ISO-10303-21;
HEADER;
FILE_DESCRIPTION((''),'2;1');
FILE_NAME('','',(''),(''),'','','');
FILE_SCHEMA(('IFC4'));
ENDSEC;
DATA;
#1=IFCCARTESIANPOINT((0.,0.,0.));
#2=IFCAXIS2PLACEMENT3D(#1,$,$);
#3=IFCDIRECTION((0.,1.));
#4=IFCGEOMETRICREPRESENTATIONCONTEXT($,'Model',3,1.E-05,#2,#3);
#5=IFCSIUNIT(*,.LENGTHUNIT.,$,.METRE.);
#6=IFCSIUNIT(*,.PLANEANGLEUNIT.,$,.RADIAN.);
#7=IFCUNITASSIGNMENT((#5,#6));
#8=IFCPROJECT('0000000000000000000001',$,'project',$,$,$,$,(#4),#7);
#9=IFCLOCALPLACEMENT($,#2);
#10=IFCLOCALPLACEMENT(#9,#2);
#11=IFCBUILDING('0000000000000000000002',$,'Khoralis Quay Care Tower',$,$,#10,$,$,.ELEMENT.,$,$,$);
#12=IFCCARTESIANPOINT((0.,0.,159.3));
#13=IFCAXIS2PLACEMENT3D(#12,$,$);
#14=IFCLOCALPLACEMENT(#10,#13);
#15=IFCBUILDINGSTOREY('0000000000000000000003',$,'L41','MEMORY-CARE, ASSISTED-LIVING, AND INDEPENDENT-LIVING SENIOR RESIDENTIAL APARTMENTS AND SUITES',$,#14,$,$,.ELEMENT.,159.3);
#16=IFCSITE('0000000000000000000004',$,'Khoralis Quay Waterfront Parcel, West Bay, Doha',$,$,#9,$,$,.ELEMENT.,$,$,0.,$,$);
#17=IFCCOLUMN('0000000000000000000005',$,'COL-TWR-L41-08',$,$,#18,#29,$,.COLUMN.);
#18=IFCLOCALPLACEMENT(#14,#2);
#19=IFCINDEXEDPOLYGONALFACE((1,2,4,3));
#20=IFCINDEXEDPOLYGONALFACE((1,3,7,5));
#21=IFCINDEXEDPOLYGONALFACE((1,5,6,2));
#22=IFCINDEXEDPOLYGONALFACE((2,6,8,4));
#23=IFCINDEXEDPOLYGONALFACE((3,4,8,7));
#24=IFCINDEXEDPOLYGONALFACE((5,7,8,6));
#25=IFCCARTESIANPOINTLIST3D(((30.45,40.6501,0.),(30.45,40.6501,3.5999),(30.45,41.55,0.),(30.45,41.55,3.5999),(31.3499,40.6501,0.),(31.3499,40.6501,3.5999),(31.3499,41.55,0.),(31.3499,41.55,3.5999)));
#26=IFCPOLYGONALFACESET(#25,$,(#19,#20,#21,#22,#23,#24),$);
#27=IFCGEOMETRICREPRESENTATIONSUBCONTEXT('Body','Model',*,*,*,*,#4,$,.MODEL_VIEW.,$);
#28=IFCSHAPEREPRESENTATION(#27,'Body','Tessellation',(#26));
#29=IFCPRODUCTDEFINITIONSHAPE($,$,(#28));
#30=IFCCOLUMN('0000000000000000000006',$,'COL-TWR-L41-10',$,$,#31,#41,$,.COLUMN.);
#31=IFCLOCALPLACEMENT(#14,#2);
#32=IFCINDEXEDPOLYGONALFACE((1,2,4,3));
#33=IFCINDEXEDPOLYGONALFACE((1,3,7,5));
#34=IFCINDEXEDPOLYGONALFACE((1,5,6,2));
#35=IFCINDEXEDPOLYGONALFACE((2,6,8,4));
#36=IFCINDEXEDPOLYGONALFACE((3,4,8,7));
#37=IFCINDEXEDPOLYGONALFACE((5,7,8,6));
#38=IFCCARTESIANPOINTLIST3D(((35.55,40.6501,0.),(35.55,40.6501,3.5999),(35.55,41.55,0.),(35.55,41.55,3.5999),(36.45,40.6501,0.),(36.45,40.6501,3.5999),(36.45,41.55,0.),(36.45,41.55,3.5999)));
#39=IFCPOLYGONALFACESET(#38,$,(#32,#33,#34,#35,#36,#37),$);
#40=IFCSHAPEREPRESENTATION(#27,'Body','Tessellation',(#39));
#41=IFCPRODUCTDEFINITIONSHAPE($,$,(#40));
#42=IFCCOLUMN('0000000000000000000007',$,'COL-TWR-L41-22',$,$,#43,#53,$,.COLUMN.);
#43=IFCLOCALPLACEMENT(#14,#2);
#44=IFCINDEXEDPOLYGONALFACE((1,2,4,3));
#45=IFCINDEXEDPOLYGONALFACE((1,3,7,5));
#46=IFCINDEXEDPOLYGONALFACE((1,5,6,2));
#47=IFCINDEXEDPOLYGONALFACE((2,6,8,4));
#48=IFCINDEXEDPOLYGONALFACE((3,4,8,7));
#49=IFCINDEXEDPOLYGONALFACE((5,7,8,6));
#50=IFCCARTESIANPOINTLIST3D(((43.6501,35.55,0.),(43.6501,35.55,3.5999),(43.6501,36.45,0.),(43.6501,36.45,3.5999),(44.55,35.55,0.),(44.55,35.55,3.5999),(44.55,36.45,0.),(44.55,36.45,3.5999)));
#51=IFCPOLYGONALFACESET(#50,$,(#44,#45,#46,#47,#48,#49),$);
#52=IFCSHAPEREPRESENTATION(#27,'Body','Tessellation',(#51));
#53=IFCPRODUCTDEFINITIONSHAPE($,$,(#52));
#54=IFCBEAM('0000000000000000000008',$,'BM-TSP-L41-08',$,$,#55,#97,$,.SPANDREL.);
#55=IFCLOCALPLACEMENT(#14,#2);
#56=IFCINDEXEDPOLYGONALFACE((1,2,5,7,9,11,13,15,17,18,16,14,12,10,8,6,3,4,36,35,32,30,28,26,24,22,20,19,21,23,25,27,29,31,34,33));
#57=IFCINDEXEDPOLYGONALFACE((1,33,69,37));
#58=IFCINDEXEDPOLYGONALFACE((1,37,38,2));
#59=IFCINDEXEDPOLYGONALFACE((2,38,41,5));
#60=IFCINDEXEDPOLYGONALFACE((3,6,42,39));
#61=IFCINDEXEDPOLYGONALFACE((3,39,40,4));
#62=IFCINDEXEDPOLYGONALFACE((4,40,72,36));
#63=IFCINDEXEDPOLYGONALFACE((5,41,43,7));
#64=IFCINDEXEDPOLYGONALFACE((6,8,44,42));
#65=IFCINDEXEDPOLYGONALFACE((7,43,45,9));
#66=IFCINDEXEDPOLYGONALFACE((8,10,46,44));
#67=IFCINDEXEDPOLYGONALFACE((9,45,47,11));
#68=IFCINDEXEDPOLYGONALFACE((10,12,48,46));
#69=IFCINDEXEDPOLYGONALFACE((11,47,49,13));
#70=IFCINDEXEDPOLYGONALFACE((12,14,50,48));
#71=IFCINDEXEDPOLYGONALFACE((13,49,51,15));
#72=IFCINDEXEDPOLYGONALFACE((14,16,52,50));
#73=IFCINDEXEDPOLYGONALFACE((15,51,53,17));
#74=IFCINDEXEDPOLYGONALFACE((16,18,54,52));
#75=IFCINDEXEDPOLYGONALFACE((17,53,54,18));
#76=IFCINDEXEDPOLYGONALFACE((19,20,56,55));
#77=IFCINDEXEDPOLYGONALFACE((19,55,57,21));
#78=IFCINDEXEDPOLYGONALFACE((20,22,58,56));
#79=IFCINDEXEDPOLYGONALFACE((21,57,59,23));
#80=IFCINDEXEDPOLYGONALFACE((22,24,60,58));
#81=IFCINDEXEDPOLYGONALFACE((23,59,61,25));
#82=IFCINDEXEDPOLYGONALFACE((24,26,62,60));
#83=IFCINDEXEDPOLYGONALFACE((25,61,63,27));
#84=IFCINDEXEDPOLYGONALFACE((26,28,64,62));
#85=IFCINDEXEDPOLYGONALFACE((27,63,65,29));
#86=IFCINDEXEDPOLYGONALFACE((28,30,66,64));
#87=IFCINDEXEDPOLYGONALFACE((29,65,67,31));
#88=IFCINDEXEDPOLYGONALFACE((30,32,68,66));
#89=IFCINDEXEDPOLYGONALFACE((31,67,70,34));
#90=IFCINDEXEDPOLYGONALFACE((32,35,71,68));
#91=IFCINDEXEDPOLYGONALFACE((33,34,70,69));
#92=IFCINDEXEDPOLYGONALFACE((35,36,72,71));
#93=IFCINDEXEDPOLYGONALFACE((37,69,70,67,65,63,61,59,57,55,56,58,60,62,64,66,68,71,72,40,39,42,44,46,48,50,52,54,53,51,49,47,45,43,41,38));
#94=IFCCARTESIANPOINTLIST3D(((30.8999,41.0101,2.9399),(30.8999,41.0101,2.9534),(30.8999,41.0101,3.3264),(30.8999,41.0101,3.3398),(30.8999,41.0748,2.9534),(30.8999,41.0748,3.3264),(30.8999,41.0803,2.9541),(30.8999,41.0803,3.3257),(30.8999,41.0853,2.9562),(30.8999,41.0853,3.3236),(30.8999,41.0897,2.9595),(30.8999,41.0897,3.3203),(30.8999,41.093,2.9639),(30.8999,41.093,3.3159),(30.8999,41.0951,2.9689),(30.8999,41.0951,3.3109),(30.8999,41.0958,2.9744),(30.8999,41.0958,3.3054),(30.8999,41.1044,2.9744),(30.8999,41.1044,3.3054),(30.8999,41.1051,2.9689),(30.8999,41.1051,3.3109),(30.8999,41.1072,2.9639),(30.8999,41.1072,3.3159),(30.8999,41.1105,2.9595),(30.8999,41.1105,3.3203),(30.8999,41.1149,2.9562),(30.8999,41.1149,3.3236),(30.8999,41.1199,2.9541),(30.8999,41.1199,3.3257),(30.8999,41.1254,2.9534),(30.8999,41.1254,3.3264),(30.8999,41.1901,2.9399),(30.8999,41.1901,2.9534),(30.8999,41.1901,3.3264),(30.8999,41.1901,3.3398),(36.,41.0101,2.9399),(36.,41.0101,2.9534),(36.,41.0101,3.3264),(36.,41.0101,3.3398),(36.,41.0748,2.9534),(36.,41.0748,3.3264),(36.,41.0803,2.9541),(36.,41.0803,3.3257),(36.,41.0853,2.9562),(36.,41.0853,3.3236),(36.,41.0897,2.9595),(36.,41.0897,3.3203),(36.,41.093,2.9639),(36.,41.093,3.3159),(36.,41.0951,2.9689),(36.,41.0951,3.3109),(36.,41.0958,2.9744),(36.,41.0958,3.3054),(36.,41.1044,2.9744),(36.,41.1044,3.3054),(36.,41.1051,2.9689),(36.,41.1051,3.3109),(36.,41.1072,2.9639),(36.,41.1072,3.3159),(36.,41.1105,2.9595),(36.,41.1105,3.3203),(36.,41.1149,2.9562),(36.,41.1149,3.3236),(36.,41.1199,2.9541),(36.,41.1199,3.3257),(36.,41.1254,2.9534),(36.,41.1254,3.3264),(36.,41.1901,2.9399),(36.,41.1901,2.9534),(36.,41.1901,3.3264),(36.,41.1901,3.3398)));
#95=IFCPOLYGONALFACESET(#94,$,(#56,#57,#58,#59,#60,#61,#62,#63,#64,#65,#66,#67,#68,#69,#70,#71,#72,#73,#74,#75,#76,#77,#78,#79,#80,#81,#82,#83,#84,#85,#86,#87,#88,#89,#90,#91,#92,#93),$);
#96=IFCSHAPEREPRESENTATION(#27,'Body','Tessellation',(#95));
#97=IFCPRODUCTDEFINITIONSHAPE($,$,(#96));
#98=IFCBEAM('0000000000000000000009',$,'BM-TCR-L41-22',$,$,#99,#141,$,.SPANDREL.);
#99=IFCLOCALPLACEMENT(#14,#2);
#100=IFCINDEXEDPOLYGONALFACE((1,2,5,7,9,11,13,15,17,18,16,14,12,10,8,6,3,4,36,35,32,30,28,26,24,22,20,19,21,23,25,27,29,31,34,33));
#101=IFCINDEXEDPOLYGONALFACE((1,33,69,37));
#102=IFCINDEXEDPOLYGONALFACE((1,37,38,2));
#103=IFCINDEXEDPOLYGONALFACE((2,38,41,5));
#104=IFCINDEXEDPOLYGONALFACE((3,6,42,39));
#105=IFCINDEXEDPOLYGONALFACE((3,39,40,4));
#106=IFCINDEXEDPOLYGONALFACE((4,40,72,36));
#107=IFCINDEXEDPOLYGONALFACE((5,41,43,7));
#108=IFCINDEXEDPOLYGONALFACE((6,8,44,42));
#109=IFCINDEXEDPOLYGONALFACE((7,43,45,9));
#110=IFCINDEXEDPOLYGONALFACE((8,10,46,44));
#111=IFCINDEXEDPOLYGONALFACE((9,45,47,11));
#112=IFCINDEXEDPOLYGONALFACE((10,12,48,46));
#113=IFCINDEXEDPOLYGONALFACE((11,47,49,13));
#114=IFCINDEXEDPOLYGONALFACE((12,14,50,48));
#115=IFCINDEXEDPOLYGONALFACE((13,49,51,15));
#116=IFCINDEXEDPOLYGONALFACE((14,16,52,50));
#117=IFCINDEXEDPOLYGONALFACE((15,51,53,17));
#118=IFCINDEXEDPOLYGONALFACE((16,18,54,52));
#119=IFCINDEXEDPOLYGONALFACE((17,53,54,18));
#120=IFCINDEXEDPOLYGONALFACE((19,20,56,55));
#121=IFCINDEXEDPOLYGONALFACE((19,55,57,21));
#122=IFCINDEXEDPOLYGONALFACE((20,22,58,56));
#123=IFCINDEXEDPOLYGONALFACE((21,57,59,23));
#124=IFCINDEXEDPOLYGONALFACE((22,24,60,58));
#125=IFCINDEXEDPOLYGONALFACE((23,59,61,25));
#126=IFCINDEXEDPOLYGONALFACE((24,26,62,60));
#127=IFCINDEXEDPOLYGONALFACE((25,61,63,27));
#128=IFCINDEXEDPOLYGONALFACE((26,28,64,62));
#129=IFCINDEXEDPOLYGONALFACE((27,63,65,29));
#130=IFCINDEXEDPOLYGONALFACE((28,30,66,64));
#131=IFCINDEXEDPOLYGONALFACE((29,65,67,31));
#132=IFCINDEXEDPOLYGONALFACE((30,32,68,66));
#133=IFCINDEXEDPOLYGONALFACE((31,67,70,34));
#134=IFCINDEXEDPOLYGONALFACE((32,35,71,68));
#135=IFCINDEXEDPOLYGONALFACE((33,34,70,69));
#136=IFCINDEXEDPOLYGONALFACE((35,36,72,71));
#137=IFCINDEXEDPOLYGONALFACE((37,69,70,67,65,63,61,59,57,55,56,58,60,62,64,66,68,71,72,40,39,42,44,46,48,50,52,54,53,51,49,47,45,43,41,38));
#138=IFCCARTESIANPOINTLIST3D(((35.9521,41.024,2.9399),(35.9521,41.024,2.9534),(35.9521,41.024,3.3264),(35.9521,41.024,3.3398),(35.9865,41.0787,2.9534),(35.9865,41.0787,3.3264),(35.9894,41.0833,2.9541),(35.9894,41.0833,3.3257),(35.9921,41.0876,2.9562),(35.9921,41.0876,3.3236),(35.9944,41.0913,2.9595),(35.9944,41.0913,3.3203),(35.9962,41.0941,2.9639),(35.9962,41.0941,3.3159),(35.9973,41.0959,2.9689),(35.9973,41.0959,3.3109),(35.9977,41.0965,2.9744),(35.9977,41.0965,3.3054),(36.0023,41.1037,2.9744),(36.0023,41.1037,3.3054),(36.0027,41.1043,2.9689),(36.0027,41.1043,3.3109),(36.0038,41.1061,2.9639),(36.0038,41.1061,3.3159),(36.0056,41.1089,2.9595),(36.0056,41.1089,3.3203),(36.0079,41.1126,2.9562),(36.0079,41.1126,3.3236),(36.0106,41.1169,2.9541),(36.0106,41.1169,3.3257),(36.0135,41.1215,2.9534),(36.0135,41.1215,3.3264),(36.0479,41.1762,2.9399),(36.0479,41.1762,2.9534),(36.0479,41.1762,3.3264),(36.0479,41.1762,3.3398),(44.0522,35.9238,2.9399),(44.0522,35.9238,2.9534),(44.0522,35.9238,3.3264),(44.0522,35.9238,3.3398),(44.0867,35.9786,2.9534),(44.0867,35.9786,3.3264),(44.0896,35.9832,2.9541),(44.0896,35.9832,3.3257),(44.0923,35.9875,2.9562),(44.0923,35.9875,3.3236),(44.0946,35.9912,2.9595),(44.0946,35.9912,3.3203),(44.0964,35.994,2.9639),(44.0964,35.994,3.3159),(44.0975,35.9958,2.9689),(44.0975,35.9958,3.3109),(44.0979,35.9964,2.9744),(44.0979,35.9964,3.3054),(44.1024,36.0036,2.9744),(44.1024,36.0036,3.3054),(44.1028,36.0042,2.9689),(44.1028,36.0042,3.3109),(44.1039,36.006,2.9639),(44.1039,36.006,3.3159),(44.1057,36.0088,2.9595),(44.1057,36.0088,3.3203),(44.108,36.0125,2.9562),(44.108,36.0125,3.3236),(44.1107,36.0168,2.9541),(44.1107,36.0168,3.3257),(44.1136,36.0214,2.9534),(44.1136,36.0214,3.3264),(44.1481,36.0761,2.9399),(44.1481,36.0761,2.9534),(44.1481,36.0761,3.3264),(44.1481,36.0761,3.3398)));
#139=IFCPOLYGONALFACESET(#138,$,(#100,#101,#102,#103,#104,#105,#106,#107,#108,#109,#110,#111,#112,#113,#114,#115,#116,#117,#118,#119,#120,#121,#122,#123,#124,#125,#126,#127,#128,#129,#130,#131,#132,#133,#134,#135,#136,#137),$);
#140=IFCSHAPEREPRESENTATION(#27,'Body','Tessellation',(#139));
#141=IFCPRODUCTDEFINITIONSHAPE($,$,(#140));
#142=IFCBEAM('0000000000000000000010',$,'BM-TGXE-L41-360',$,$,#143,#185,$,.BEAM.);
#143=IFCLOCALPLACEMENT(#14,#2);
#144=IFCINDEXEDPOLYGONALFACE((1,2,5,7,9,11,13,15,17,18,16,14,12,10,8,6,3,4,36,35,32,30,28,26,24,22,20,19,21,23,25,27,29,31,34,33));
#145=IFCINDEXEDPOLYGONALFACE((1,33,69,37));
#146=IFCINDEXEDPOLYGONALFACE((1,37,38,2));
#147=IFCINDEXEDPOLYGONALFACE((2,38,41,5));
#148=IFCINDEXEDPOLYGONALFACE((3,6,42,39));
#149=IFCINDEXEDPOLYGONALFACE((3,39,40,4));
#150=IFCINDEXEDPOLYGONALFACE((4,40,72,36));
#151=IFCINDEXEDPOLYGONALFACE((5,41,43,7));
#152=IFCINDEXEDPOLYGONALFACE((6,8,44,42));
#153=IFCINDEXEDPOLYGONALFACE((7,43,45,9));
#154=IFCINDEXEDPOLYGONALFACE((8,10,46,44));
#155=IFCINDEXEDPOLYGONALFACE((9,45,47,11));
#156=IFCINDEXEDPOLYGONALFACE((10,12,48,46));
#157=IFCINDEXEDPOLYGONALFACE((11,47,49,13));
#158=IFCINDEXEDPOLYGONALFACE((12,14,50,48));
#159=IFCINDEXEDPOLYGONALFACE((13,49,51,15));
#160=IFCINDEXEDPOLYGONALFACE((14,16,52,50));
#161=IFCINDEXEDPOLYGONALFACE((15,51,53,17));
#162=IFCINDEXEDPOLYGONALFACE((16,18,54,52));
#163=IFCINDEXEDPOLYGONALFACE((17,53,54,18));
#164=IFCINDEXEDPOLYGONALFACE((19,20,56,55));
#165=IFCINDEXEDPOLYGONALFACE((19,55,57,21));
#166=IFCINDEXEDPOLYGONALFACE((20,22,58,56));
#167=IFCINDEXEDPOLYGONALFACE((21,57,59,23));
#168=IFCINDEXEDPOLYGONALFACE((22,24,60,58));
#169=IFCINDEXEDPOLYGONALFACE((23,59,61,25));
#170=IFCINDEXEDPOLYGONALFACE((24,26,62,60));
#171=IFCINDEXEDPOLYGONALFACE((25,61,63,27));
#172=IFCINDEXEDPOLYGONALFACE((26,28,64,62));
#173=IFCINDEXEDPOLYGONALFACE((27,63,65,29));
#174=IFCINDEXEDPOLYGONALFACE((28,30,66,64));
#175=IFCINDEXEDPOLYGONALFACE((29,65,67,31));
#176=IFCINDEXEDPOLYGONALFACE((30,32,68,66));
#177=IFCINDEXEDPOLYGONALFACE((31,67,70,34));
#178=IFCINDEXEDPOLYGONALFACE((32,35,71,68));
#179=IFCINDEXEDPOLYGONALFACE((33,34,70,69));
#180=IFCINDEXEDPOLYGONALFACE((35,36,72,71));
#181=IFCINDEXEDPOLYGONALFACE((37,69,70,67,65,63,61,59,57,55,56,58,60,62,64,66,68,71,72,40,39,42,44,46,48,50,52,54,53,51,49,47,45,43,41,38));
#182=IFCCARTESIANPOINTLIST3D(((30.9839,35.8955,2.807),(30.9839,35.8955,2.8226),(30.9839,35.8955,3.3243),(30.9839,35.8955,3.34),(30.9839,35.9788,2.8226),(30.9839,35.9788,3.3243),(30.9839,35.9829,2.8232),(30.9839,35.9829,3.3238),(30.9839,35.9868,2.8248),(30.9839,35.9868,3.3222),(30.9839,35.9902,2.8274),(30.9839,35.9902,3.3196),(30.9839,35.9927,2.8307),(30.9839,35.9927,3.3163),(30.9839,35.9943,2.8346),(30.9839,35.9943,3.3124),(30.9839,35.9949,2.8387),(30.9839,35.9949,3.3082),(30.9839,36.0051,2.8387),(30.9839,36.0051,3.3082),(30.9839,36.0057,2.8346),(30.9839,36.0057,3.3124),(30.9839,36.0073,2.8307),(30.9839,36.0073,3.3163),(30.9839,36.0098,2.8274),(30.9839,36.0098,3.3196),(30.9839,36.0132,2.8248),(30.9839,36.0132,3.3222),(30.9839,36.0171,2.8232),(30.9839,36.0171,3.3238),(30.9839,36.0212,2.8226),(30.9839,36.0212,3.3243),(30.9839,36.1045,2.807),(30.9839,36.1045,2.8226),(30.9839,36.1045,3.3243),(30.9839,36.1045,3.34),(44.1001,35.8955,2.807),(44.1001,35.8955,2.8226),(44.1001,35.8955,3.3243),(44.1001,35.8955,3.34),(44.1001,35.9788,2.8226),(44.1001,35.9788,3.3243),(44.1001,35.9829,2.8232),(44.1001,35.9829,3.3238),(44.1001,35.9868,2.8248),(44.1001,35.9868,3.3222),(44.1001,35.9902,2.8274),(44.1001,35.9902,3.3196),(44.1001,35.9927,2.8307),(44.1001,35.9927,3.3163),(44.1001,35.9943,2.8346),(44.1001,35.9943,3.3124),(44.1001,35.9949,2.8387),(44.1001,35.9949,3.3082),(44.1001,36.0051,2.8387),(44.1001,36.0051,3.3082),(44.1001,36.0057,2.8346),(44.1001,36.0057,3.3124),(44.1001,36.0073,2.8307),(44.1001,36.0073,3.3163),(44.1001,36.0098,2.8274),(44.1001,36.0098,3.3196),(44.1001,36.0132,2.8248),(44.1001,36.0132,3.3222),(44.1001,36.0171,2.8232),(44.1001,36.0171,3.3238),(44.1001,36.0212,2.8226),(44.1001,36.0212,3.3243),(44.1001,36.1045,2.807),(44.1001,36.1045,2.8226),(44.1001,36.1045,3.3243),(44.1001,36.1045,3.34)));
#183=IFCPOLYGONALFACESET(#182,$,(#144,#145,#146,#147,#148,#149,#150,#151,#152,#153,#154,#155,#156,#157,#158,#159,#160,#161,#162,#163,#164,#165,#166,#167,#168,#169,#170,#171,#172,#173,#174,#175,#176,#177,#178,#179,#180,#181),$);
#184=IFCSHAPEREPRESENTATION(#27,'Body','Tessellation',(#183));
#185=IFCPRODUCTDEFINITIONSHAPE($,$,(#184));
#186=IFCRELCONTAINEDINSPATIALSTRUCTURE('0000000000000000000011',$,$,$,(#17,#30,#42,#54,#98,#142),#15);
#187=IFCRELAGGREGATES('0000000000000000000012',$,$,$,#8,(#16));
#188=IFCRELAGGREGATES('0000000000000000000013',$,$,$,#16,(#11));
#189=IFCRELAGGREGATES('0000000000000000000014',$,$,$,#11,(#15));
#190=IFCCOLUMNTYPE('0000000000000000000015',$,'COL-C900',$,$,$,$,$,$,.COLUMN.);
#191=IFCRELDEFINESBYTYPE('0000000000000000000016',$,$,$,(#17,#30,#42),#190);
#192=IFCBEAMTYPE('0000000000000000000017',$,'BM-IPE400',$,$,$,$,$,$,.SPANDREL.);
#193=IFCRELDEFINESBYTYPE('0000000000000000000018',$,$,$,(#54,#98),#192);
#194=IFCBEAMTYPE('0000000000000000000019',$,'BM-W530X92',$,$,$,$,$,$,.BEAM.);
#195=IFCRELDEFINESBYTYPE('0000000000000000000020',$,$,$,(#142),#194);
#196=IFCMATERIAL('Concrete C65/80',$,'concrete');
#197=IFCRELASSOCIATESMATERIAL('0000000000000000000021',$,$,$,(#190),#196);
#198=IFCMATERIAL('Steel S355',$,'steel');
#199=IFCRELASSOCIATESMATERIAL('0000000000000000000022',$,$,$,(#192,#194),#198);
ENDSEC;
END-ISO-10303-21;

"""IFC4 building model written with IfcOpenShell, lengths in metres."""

from ifc_helpers import new_model, si_unit, direction, frame, origin, origin_2d, place, context, subcontext, project, spatial, rectangle, i_section, extrude, source, transform, mapped, material, material_profile, profile_set, type_object, element, save


model = new_model("IFC4")

# Units and contexts
model_context = context("Model", 3, precision=1e-05, world=origin(), true_north=direction((0.0, 1.0)))
body_context = subcontext(model_context, "Body", "Model", "MODEL_VIEW")
ifc_project = project(units=[si_unit("LENGTHUNIT", "METRE"), si_unit("PLANEANGLEUNIT", "RADIAN")], contexts=[model_context])

# Site, building, storey
site_placement = place(None, origin())
site = spatial("IfcSite", under=ifc_project, at=site_placement, Name="Khoralis Quay Waterfront Parcel, West Bay, Doha", CompositionType="ELEMENT", RefElevation=0.0)
building_placement = place(site_placement, origin())
building = spatial("IfcBuilding", under=site, at=building_placement, Name="Khoralis Quay Care Tower", CompositionType="ELEMENT")
storey_placement = place(building_placement, frame((0.0, 0.0, 159.3)))
storey = spatial("IfcBuildingStorey", under=building, at=storey_placement, Name="L41", Description="MEMORY-CARE, ASSISTED-LIVING, AND INDEPENDENT-LIVING SENIOR RESIDENTIAL APARTMENTS AND SUITES", CompositionType="ELEMENT", Elevation=159.3)

# Columns
ifc_material_1 = material(Name="Concrete C65/80", Category="concrete")
ifc_material_profile_1 = material_profile(ifc_material_1, rectangle(XDim=0.8999, YDim=0.8999, at=origin_2d()), Name="Concrete C65/80")
ifc_profile_set_1 = profile_set([ifc_material_profile_1], Name="Concrete C65/80")
column_type = type_object("IfcColumnType", Name="COL-C900", PredefinedType="COLUMN", material=ifc_profile_set_1)
shared_shape_1 = source(origin(), body_context, "Body", "SweptSolid", [
    extrude(rectangle(XDim=0.8999, YDim=0.8999, at=origin_2d()), origin(), (0.0, 0.0, 1.0), 3.5999),
])
for number, where, z_axis, x_axis, name in (
    (1, (30.8999, 41.1001, 0.0), (0.0, 0.0, 1.0), (1.0, 0.0, 0.0), "COL-TWR-L41-08"),
    (2, (36.0, 41.1001, 0.0), (0.0, 0.0, 1.0), (1.0, 0.0, 0.0), "COL-TWR-L41-10"),
    (3, (44.1001, 36.0, 0.0), (0.0, 0.0, 1.0), (1.0, 0.0, 0.0), "COL-TWR-L41-22"),
):
    element("IfcColumn", number, at=place(storey_placement, frame(where, z_axis=z_axis, x_axis=x_axis)), inside=storey, type_object=column_type, Name=name, PredefinedType="COLUMN", context=body_context, shape_type="MappedRepresentation", body=[
        mapped(shared_shape_1, transform((0.0, 0.0, 0.0), scale=1.0)),
    ])

# Beams
ifc_material_2 = material(Name="Steel S355", Category="steel")
ifc_material_profile_2 = material_profile(ifc_material_2, i_section(OverallWidth=0.1799, OverallDepth=0.3999, WebThickness=0.0085, FlangeThickness=0.0134, FilletRadius=0.021, at=origin_2d()), Name="Steel S355")
ifc_profile_set_2 = profile_set([ifc_material_profile_2], Name="Steel S355")
beam_type_1 = type_object("IfcBeamType", Name="BM-IPE400", PredefinedType="SPANDREL", material=ifc_profile_set_2)
shared_shape_2 = source(origin(), body_context, "Body", "SweptSolid", [
    extrude(i_section(OverallWidth=0.1799, OverallDepth=0.3999, WebThickness=0.0085, FlangeThickness=0.0134, FilletRadius=0.021, at=origin_2d()), origin(), (0.0, 0.0, 1.0), 5.1001),
])
beam_1_placement = place(storey_placement, frame((30.8999, 41.1001, 3.1399), z_axis=(1.0, 0.0, 0.0), x_axis=(0.0, 1.0, 0.0)))
element("IfcBeam", 4, at=beam_1_placement, inside=storey, type_object=beam_type_1, Name="BM-TSP-L41-08", PredefinedType="SPANDREL", context=body_context, shape_type="MappedRepresentation", body=[
    mapped(shared_shape_2, transform((0.0, 0.0, 0.0), scale=1.0)),
])
shared_shape_3 = source(origin(), body_context, "Body", "SweptSolid", [
    extrude(i_section(OverallWidth=0.1799, OverallDepth=0.3999, WebThickness=0.0085, FlangeThickness=0.0134, FilletRadius=0.021, at=origin_2d()), origin(), (0.0, 0.0, 1.0), 9.572),
])
beam_2_placement = place(storey_placement, frame((36.0, 41.1001, 3.1399), z_axis=(0.846231, -0.532816, 0.0), x_axis=(0.532816, 0.846231, 0.0)))
element("IfcBeam", 5, at=beam_2_placement, inside=storey, type_object=beam_type_1, Name="BM-TCR-L41-22", PredefinedType="SPANDREL", context=body_context, shape_type="MappedRepresentation", body=[
    mapped(shared_shape_3, transform((0.0, 0.0, 0.0), scale=1.0)),
])
ifc_material_profile_3 = material_profile(ifc_material_2, i_section(OverallWidth=0.209, OverallDepth=0.533, WebThickness=0.0103, FlangeThickness=0.0156, FilletRadius=0.0161, at=origin_2d()), Name="Steel S355")
ifc_profile_set_3 = profile_set([ifc_material_profile_3], Name="Steel S355")
beam_type_2 = type_object("IfcBeamType", Name="BM-W530X92", PredefinedType="BEAM", material=ifc_profile_set_3)
shared_shape_4 = source(origin(), body_context, "Body", "SweptSolid", [
    extrude(i_section(OverallWidth=0.209, OverallDepth=0.533, WebThickness=0.0103, FlangeThickness=0.0156, FilletRadius=0.0161, at=origin_2d()), origin(), (0.0, 0.0, 1.0), 13.1162),
])
beam_3_placement = place(storey_placement, frame((30.9839, 36.0, 3.0735), z_axis=(1.0, 0.0, 0.0), x_axis=(0.0, 1.0, 0.0)))
element("IfcBeam", 6, at=beam_3_placement, inside=storey, type_object=beam_type_2, Name="BM-TGXE-L41-360", PredefinedType="BEAM", context=body_context, shape_type="MappedRepresentation", body=[
    mapped(shared_shape_4, transform((0.0, 0.0, 0.0), scale=1.0)),
])

save(model, "model.ifc")
